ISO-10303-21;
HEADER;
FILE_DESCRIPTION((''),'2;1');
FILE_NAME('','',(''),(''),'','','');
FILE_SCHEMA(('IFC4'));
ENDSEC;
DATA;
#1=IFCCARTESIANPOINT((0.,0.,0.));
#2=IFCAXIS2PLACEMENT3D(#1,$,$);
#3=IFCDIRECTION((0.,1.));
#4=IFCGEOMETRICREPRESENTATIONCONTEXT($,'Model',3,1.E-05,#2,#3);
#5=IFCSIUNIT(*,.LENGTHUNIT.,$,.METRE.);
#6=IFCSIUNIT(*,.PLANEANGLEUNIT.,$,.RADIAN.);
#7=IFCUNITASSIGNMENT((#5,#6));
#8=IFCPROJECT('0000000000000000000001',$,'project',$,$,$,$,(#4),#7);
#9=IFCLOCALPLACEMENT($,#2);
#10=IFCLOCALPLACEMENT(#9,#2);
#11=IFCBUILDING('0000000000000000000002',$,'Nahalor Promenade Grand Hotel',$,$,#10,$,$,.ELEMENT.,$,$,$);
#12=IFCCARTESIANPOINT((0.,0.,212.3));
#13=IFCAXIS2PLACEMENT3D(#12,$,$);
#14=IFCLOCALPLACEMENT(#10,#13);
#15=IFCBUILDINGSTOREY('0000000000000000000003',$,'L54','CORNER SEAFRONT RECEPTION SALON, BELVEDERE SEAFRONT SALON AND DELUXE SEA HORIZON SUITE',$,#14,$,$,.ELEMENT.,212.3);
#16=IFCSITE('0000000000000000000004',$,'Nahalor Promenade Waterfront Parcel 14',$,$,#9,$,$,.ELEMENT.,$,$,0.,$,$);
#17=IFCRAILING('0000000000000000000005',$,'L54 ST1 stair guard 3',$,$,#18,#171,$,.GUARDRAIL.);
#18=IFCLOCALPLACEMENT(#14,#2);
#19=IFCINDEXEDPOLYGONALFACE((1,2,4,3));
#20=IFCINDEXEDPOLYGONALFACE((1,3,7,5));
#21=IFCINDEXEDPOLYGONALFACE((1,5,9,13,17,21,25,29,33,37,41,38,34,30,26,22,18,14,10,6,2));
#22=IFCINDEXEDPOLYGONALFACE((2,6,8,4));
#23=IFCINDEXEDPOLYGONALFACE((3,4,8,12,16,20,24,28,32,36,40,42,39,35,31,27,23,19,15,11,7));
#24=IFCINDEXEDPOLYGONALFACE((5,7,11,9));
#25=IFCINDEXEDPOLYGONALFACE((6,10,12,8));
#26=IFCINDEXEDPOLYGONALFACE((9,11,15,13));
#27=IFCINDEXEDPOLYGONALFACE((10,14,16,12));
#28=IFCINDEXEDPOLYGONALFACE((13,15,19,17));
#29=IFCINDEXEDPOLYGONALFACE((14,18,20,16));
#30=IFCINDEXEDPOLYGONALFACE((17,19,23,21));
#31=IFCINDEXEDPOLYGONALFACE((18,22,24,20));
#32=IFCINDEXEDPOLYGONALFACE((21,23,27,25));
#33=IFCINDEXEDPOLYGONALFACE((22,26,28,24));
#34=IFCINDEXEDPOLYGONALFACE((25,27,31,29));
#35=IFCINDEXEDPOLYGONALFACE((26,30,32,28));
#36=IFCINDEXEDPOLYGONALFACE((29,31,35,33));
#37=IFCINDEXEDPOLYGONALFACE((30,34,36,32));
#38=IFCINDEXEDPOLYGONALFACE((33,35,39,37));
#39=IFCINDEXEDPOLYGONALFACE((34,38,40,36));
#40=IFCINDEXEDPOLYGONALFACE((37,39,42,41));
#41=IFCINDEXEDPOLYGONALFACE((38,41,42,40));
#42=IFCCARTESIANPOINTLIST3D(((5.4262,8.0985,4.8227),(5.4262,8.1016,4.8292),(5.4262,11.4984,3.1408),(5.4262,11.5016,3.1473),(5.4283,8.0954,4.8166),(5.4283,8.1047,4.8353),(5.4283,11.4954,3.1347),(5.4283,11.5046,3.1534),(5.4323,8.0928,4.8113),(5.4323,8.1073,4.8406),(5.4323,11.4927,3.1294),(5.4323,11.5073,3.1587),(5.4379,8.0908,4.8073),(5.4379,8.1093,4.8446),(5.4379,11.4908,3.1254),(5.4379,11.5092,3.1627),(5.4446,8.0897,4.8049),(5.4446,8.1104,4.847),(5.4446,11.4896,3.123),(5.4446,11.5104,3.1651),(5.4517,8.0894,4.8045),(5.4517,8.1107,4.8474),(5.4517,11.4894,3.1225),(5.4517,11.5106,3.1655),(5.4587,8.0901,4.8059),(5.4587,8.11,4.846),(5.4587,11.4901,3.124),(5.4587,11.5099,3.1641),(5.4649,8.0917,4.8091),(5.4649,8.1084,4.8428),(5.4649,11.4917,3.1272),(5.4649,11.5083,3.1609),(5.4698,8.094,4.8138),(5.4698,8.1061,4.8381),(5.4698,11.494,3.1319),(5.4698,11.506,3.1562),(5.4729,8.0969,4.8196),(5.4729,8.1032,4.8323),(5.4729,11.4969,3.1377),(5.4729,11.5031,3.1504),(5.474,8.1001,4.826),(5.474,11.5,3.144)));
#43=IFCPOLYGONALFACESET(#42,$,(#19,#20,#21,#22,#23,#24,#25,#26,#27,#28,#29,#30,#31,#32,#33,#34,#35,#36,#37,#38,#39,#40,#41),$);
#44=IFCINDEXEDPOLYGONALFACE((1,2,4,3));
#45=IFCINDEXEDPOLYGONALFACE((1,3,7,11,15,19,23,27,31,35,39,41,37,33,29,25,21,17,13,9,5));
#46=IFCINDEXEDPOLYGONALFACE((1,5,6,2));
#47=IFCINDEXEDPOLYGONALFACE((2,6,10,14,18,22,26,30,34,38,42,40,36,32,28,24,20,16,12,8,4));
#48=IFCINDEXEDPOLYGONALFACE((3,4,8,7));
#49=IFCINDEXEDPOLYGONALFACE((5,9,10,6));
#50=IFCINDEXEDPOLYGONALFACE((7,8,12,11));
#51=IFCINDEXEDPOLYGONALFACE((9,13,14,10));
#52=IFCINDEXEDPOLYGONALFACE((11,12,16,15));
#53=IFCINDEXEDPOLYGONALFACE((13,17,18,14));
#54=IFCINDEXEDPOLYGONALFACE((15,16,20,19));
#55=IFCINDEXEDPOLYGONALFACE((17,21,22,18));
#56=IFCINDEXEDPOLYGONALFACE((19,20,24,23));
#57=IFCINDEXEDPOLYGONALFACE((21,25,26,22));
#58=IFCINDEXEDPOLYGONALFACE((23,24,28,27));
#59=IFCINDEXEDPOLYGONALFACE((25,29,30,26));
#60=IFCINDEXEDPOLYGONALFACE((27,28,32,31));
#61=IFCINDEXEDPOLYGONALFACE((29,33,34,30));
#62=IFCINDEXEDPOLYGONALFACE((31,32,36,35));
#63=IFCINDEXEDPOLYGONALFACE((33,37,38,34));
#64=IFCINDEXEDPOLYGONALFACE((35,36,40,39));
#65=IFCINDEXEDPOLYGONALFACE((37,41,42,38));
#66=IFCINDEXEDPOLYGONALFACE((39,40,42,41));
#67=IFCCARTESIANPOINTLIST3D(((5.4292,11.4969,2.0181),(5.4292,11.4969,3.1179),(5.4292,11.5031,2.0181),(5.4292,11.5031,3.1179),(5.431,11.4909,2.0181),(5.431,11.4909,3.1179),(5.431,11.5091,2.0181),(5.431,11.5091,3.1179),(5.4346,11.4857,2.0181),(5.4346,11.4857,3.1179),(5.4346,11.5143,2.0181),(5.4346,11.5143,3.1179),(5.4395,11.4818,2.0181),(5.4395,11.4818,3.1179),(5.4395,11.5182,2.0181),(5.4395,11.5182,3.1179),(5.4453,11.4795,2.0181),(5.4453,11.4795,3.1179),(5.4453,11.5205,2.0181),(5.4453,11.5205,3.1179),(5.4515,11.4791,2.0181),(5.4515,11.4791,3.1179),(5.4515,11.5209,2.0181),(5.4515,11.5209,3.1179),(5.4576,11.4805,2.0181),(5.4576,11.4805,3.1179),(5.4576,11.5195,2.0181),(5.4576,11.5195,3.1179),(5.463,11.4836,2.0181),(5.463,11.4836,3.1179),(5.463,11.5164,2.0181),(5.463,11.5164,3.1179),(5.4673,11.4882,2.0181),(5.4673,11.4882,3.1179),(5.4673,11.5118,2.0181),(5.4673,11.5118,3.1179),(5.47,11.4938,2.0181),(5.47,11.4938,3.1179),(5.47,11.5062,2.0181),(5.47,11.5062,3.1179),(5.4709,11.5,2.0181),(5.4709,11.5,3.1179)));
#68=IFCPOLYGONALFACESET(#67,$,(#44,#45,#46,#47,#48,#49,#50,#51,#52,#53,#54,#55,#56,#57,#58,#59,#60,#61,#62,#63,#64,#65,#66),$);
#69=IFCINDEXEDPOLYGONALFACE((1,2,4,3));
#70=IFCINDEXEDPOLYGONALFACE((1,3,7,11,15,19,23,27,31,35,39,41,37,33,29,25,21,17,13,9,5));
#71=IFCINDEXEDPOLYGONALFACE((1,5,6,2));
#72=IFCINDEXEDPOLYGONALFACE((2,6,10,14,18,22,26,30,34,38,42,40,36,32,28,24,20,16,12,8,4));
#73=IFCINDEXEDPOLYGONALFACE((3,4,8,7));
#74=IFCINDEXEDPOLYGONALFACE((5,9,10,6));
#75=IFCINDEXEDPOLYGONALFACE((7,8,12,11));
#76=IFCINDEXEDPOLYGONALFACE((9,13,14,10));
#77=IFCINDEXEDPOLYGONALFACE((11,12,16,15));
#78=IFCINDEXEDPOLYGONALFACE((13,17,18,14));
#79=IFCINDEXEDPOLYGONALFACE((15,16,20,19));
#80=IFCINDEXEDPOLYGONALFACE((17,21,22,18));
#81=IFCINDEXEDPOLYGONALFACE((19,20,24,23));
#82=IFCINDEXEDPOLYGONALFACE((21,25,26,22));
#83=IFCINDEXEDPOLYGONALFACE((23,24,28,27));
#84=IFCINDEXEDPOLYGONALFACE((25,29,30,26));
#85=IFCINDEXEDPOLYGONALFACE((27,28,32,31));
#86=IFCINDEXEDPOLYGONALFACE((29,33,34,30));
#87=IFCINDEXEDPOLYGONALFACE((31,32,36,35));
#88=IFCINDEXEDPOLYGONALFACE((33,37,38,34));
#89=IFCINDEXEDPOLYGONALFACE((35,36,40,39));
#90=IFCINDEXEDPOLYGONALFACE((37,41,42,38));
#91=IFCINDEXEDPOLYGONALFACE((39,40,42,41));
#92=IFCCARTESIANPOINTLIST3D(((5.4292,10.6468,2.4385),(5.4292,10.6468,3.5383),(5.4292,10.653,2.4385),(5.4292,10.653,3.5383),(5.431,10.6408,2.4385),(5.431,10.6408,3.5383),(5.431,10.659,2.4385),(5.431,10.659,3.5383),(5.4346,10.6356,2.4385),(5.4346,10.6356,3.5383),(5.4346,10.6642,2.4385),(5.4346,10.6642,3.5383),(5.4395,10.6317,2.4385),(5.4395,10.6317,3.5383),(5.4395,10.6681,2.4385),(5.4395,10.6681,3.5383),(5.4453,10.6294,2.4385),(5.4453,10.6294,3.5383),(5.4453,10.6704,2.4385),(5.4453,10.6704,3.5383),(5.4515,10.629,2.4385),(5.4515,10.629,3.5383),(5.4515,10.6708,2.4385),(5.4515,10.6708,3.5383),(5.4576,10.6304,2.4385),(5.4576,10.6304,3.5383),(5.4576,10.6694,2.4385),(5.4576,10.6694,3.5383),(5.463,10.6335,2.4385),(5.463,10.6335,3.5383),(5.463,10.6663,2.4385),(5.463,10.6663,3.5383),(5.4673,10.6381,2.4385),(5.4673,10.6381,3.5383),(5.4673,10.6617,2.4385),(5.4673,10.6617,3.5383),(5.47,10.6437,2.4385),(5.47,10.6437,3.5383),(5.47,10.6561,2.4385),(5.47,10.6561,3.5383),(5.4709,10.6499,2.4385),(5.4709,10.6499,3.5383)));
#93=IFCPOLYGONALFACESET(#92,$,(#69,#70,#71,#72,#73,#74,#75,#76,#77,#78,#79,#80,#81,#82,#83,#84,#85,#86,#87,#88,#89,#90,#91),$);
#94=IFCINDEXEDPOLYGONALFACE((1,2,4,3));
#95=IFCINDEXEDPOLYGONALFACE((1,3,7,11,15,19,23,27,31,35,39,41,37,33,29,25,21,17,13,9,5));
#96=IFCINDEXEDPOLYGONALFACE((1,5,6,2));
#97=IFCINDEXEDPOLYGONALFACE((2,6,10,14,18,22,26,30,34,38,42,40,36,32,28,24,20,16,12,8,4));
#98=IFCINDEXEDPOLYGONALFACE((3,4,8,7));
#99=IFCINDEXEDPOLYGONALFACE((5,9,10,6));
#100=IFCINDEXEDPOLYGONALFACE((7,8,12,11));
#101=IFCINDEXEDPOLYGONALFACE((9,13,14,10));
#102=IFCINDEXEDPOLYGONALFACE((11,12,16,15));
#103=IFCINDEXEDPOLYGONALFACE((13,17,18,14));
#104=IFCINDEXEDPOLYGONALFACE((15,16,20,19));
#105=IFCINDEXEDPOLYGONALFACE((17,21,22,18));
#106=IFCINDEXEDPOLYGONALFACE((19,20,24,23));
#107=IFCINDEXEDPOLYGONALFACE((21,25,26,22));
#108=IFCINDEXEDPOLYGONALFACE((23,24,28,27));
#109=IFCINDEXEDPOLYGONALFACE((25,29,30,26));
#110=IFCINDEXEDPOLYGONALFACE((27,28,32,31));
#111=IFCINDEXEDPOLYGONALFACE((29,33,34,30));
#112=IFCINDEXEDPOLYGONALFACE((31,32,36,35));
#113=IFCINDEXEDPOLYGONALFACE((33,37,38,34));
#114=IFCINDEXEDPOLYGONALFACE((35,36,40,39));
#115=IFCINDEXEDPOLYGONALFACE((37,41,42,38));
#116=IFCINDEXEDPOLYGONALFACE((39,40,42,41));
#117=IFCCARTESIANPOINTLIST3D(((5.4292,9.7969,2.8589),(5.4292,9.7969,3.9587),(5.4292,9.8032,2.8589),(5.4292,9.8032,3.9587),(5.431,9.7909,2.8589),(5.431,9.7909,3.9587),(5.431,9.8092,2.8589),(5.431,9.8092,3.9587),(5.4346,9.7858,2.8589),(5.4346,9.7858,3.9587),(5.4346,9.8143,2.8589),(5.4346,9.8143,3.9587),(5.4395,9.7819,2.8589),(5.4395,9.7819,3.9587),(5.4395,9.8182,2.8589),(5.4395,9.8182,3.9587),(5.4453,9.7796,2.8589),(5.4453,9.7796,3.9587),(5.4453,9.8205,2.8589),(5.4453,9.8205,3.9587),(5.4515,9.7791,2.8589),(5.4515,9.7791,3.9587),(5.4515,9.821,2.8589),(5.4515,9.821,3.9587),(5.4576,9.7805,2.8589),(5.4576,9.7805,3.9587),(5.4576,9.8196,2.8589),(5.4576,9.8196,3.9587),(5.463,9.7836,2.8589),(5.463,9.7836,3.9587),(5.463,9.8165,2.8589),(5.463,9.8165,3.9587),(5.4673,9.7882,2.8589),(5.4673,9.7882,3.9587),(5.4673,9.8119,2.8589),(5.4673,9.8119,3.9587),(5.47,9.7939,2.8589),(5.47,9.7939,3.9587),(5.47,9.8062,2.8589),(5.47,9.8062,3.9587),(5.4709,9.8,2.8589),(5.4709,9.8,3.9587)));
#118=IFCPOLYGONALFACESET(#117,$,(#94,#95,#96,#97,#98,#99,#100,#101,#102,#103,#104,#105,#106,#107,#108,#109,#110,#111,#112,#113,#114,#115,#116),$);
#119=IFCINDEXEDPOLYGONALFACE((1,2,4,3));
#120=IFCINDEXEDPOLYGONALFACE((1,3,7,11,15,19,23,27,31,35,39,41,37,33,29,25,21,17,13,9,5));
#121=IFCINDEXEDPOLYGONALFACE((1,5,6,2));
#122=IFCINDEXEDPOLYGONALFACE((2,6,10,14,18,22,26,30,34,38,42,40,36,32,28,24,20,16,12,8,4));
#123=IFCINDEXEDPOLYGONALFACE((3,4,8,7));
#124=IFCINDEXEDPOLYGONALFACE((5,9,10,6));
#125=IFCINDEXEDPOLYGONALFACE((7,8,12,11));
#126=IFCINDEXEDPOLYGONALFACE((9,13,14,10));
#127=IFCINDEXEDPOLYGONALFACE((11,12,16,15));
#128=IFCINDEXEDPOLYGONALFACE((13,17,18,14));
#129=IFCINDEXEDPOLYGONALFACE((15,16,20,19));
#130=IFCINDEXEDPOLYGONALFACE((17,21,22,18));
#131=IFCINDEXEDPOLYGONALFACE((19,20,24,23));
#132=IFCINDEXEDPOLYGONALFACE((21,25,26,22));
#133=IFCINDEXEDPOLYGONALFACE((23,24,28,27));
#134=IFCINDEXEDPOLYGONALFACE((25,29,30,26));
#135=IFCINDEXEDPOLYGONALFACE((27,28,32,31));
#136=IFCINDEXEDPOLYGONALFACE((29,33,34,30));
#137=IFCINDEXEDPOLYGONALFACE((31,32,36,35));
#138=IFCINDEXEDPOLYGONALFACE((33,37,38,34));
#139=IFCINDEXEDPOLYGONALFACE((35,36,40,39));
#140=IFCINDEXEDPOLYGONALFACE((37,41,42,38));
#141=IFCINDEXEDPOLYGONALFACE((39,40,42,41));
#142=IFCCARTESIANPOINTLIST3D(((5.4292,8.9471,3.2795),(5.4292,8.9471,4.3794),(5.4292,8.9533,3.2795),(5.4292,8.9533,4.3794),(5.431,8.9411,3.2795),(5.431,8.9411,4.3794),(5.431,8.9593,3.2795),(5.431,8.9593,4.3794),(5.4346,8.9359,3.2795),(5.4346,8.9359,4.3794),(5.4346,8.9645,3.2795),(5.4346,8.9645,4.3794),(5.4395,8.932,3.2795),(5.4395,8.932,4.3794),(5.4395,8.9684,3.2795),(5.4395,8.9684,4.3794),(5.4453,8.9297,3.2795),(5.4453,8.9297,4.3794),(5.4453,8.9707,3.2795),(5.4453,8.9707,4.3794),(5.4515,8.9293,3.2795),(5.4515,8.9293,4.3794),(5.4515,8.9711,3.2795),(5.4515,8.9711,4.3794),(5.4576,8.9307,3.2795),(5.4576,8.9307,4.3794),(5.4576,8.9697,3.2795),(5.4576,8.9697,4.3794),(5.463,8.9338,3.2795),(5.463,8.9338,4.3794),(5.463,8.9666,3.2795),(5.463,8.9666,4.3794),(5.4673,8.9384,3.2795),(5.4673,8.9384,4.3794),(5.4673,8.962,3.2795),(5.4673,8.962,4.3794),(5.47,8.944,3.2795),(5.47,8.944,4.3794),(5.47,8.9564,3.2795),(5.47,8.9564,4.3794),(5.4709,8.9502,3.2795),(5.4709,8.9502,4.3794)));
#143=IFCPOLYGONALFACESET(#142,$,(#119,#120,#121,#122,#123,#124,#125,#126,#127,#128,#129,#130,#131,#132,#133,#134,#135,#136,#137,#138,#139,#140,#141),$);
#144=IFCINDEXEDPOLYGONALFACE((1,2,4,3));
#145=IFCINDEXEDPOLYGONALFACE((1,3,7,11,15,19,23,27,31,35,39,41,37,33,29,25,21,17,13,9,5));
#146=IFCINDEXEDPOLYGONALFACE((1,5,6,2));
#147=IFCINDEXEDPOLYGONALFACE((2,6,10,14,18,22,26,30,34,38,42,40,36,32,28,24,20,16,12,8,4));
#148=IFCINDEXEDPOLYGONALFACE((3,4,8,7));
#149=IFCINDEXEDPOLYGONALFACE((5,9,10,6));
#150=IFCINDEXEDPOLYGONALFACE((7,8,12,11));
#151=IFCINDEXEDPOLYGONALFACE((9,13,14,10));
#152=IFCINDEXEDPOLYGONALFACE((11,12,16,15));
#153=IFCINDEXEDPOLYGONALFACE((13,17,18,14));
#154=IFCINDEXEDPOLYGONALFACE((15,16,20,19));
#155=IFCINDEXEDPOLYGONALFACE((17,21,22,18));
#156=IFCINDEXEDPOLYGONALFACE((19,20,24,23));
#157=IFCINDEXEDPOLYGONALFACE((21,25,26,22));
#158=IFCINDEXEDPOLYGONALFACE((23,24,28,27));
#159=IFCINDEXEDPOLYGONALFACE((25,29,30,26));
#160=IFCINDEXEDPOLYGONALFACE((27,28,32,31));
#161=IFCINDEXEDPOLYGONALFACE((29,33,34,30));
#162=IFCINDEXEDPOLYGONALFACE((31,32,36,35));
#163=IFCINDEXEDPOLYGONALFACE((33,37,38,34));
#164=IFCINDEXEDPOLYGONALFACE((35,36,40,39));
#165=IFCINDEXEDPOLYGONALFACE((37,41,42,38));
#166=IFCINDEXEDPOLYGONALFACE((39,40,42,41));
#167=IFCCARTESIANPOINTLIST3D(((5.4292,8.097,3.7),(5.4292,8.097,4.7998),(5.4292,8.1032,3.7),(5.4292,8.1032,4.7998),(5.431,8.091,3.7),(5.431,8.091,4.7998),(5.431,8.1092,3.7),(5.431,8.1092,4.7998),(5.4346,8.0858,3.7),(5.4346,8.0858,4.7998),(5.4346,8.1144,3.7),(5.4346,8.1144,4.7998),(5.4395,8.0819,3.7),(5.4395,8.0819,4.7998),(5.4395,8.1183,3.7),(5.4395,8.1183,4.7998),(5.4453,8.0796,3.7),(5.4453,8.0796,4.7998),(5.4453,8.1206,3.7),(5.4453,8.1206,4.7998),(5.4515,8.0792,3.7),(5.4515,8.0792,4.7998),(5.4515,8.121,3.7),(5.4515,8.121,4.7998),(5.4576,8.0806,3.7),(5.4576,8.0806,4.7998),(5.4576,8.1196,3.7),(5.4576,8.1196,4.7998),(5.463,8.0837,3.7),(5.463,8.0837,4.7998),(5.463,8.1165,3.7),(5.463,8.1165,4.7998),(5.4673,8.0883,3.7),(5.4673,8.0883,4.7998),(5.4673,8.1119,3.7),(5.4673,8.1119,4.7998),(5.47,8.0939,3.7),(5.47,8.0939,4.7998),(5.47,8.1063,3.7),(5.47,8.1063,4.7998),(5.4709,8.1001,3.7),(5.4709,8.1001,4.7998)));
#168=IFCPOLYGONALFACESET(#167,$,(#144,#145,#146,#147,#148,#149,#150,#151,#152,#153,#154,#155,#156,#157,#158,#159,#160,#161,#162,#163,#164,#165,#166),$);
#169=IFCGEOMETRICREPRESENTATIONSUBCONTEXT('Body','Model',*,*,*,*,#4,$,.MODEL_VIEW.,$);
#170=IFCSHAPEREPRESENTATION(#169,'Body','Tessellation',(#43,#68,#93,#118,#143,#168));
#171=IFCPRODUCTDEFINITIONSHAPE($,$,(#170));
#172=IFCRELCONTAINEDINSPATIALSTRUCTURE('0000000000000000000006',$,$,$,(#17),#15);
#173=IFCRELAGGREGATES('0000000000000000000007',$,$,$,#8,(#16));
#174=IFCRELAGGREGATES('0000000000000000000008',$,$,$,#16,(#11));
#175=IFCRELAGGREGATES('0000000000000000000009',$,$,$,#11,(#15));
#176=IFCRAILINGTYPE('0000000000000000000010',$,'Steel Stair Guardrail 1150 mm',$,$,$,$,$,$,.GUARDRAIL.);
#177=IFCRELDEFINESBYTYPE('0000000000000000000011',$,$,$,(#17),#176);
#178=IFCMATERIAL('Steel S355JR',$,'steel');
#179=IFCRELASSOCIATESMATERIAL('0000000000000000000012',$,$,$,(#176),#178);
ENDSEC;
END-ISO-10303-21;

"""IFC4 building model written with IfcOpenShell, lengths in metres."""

from ifc_helpers import new_model, si_unit, direction, frame, origin, origin_2d, place, context, subcontext, project, spatial, circle, extrude, material, type_object, element, save


model = new_model("IFC4")

# Units and contexts
model_context = context("Model", 3, precision=1e-05, world=origin(), true_north=direction((0.0, 1.0)))
body_context = subcontext(model_context, "Body", "Model", "MODEL_VIEW")
ifc_project = project(units=[si_unit("LENGTHUNIT", "METRE"), si_unit("PLANEANGLEUNIT", "RADIAN")], contexts=[model_context])

# Site, building, storey
site_placement = place(None, origin())
site = spatial("IfcSite", under=ifc_project, at=site_placement, Name="Nahalor Promenade Waterfront Parcel 14", CompositionType="ELEMENT", RefElevation=0.0)
building_placement = place(site_placement, origin())
building = spatial("IfcBuilding", under=site, at=building_placement, Name="Nahalor Promenade Grand Hotel", CompositionType="ELEMENT")
storey_placement = place(building_placement, frame((0.0, 0.0, 212.3)))
storey = spatial("IfcBuildingStorey", under=building, at=storey_placement, Name="L54", Description="CORNER SEAFRONT RECEPTION SALON, BELVEDERE SEAFRONT SALON AND DELUXE SEA HORIZON SUITE", CompositionType="ELEMENT", Elevation=212.3)

# Shared definitions
ifc_material_1 = material(Name="Steel S355JR", Category="steel")

# Railing
railing_type = type_object("IfcRailingType", Name="Steel Stair Guardrail 1150 mm", PredefinedType="GUARDRAIL", material=ifc_material_1)
railing_1_placement = place(storey_placement, frame((5.45, 11.5, 2.0181)))
element("IfcRailing", 1, at=railing_1_placement, inside=storey, type_object=railing_type, Name="L54 ST1 stair guard 3", PredefinedType="GUARDRAIL", context=body_context, shape_type="SweptSolid", body=[
    extrude(circle(Radius=0.024, at=origin_2d()), frame((0.0, 0.0, 1.126), z_axis=(0.0, -0.896324, 0.443399), x_axis=(1.0, 0.0, 0.0)), (0.0, 0.0, 1.0), 3.7932),
    extrude(circle(Radius=0.021, at=origin_2d()), origin(), (0.0, 0.0, 1.0), 1.0999),
    extrude(circle(Radius=0.021, at=origin_2d()), frame((0.0, -0.8501, 0.4204)), (0.0, 0.0, 1.0), 1.0999),
    extrude(circle(Radius=0.021, at=origin_2d()), frame((0.0, -1.7, 0.8408)), (0.0, 0.0, 1.0), 1.0999),
    extrude(circle(Radius=0.021, at=origin_2d()), frame((0.0, -2.5498, 1.2615)), (0.0, 0.0, 1.0), 1.0999),
    extrude(circle(Radius=0.021, at=origin_2d()), frame((0.0, -3.3999, 1.6819)), (0.0, 0.0, 1.0), 1.0999),
])

save(model, "model.ifc")
